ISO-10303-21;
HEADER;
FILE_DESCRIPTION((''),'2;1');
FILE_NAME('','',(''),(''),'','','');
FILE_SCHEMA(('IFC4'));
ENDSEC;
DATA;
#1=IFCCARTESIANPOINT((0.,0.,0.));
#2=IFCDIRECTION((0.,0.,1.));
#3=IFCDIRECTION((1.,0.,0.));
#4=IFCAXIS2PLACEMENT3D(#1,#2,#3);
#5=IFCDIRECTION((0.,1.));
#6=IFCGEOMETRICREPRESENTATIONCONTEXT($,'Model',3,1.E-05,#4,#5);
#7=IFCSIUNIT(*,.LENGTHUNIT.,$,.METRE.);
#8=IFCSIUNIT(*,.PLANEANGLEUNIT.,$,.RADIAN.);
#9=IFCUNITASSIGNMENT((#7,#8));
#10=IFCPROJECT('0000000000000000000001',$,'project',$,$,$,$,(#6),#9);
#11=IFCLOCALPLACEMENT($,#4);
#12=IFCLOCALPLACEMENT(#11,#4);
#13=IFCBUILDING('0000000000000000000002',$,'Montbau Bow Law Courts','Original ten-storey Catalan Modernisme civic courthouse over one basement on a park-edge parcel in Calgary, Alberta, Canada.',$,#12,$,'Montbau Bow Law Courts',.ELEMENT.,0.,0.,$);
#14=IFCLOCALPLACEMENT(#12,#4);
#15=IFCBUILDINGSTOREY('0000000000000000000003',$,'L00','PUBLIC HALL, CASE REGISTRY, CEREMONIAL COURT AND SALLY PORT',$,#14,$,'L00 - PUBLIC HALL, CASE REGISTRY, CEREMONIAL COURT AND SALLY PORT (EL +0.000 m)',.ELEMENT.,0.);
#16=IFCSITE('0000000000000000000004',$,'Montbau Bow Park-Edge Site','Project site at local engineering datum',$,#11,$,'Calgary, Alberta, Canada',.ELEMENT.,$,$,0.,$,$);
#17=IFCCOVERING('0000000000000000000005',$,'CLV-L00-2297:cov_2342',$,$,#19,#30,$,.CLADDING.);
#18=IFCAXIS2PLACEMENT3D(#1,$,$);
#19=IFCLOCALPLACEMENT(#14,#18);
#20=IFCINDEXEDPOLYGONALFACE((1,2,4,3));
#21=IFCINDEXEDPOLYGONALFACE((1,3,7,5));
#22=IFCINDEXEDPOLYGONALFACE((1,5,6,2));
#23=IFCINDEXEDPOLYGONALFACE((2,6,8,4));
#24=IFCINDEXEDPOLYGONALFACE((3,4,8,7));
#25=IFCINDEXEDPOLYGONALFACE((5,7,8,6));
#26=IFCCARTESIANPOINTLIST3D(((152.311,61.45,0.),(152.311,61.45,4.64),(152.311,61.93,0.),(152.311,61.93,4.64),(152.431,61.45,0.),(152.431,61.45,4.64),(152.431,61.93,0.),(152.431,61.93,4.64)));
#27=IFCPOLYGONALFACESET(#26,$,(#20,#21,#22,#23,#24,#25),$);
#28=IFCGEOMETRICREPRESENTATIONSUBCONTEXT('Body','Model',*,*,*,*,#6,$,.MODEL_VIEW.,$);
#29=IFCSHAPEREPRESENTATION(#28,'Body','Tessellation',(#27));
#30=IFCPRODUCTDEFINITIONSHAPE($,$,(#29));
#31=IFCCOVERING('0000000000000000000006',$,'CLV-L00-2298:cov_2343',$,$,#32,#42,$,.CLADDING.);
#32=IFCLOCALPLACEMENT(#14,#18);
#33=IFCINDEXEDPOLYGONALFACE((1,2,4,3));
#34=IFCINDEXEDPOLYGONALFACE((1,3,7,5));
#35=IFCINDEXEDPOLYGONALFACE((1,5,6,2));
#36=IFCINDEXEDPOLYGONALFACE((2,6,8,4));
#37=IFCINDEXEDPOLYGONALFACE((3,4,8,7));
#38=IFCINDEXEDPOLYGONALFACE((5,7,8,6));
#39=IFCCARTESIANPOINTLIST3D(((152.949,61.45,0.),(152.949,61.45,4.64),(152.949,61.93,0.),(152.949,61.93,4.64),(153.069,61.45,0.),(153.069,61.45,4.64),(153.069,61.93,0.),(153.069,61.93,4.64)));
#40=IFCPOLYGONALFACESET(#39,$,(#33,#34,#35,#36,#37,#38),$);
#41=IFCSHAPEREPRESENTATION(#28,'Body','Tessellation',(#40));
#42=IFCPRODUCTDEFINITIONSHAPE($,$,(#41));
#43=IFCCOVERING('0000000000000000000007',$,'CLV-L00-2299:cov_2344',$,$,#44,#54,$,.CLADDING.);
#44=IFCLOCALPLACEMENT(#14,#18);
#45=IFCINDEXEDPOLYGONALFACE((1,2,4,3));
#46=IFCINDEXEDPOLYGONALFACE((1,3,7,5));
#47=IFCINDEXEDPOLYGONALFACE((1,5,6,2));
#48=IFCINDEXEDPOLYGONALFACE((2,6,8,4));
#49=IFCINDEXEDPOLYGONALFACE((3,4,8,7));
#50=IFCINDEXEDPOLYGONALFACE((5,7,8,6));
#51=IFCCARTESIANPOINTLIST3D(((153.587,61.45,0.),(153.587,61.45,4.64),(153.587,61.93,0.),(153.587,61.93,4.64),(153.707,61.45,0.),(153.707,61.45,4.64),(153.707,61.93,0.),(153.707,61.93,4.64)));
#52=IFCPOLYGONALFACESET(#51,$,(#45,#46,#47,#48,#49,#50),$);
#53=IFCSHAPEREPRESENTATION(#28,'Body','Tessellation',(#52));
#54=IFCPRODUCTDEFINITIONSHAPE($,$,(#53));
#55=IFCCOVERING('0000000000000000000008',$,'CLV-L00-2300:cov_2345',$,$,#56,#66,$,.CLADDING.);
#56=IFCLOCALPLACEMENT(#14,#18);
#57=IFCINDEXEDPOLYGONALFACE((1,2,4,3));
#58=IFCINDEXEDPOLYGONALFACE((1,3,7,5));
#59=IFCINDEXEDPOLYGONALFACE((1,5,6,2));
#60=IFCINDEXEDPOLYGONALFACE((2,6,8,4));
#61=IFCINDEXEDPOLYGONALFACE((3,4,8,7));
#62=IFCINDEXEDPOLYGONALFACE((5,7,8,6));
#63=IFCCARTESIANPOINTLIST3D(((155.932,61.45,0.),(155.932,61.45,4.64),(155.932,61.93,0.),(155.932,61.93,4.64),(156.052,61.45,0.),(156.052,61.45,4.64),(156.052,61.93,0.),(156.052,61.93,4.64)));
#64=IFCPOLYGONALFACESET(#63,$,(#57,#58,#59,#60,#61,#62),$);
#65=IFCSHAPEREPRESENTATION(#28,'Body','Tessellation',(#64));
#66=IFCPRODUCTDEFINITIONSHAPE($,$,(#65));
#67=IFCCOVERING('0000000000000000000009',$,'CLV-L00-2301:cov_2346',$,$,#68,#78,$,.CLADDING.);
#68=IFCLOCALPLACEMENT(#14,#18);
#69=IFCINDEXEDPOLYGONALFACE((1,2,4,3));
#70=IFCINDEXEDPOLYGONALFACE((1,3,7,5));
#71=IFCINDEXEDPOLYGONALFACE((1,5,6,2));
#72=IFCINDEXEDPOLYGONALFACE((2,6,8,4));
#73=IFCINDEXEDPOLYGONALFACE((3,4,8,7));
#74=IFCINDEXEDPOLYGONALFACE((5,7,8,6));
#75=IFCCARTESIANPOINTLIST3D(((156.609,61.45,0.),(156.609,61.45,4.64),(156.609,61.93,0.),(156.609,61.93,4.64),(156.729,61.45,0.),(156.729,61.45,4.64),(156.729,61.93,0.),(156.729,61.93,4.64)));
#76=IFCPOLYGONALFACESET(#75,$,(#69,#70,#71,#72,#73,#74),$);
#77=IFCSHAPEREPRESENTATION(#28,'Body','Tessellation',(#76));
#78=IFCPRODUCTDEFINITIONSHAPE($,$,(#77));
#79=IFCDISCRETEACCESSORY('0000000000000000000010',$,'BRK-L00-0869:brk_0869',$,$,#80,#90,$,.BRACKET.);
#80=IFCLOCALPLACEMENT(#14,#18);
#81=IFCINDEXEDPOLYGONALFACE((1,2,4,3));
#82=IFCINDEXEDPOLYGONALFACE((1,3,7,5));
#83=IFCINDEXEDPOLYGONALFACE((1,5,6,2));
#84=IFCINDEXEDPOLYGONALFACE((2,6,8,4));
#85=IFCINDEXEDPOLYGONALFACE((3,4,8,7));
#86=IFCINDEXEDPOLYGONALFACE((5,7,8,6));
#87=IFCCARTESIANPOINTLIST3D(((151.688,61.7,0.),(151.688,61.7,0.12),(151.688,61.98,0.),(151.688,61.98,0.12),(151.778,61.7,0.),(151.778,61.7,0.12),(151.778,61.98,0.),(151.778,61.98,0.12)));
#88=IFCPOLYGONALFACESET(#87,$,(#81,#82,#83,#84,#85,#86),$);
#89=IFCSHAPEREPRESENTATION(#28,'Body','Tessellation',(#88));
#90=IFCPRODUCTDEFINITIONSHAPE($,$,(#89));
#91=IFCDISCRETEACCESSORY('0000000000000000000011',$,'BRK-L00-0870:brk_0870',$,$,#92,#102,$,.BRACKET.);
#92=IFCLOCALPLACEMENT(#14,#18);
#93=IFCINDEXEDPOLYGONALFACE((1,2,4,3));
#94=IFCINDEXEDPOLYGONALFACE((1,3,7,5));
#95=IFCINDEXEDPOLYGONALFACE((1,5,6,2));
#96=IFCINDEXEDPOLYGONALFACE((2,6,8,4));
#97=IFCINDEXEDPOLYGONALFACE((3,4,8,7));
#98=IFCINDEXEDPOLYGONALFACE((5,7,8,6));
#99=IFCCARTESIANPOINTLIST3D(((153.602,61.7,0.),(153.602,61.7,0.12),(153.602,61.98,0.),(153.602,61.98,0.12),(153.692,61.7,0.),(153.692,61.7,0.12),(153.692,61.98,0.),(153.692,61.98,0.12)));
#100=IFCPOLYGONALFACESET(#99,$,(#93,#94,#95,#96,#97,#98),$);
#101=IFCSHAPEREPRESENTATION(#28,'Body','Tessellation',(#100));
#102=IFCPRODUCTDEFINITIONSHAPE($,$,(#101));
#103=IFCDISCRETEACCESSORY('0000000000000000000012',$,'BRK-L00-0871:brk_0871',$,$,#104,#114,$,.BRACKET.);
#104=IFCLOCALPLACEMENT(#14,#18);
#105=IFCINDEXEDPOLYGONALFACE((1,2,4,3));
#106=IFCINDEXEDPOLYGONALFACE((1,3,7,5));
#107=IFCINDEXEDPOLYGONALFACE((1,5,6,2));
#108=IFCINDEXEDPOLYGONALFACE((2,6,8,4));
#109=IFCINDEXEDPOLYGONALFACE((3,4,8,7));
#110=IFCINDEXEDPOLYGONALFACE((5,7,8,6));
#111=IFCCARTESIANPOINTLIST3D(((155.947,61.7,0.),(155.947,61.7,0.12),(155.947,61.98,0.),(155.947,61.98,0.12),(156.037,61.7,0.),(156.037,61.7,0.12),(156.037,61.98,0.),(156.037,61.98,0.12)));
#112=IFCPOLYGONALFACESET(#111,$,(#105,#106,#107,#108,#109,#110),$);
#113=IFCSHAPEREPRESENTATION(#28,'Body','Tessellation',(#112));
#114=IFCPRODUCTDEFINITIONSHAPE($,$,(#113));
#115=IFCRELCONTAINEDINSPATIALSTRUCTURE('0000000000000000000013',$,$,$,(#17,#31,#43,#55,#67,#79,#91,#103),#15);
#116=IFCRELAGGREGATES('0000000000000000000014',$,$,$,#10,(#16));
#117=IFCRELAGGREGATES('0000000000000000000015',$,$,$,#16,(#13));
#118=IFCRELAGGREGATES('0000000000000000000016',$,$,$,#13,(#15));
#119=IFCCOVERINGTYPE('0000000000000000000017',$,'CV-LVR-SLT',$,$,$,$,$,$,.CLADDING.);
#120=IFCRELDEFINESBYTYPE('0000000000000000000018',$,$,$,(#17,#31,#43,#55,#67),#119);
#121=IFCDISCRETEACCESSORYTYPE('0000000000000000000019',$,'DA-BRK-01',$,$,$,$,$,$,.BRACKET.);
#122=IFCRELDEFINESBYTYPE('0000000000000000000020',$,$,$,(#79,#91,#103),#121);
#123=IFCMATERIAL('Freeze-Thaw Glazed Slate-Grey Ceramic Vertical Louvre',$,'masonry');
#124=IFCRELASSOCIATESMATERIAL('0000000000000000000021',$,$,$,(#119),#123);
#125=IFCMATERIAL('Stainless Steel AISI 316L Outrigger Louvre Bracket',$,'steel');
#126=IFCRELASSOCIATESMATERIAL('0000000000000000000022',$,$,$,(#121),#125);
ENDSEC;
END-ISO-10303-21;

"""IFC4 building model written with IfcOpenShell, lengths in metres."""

from ifc_helpers import new_model, si_unit, direction, frame, frame_2d, origin_with_axes, origin_2d_with_axis, place, context, subcontext, project, spatial, rectangle, extrude, material, type_object, element, save


model = new_model("IFC4")

# Units and contexts
model_context = context("Model", 3, precision=1e-05, world=origin_with_axes(), true_north=direction((0.0, 1.0)))
body_context = subcontext(model_context, "Body", "Model", "MODEL_VIEW")
ifc_project = project(units=[si_unit("LENGTHUNIT", "METRE"), si_unit("PLANEANGLEUNIT", "RADIAN")], contexts=[model_context])

# Site, building, storey
site_placement = place(None, origin_with_axes())
site = spatial("IfcSite", under=ifc_project, at=site_placement, Name="Montbau Bow Park-Edge Site", Description="Project site at local engineering datum", LongName="Calgary, Alberta, Canada", CompositionType="ELEMENT", RefElevation=0.0)
building_placement = place(site_placement, origin_with_axes())
building = spatial("IfcBuilding", under=site, at=building_placement, Name="Montbau Bow Law Courts", Description="Original ten-storey Catalan Modernisme civic courthouse over one basement on a park-edge parcel in Calgary, Alberta, Canada.", LongName="Montbau Bow Law Courts", CompositionType="ELEMENT", ElevationOfRefHeight=0.0, ElevationOfTerrain=0.0)
storey_placement = place(building_placement, origin_with_axes())
storey = spatial("IfcBuildingStorey", under=building, at=storey_placement, Name="L00", Description="PUBLIC HALL, CASE REGISTRY, CEREMONIAL COURT AND SALLY PORT", LongName="L00 - PUBLIC HALL, CASE REGISTRY, CEREMONIAL COURT AND SALLY PORT (EL +0.000 m)", CompositionType="ELEMENT", Elevation=0.0)

# Coverings
ifc_material_1 = material(Name="Freeze-Thaw Glazed Slate-Grey Ceramic Vertical Louvre", Category="masonry")
covering_type = type_object("IfcCoveringType", Name="CV-LVR-SLT", PredefinedType="CLADDING", material=ifc_material_1)
for number, where, z_axis, x_axis, name in (
    (1, (152.371, 61.93, 0.0), (-1.0, 0.0, 0.0), (0.0, -1.0, 0.0), "CLV-L00-2297:cov_2342"),
    (2, (153.009, 61.93, 0.0), (-1.0, 0.0, 0.0), (0.0, -1.0, 0.0), "CLV-L00-2298:cov_2343"),
    (3, (153.647, 61.93, 0.0), (-1.0, 0.0, 0.0), (0.0, -1.0, 0.0), "CLV-L00-2299:cov_2344"),
    (4, (155.992, 61.93, 0.0), (-1.0, 0.0, 0.0), (0.0, -1.0, 0.0), "CLV-L00-2300:cov_2345"),
    (5, (156.669, 61.93, 0.0), (-1.0, 0.0, 0.0), (0.0, -1.0, 0.0), "CLV-L00-2301:cov_2346"),
):
    element("IfcCovering", number, at=place(None, frame(where, z_axis=z_axis, x_axis=x_axis)), inside=storey, type_object=covering_type, Name=name, PredefinedType="CLADDING", context=body_context, shape_type="SweptSolid", body=[
        extrude(rectangle(XDim=0.48, YDim=4.64, at=frame_2d((0.24, 2.32), x_axis=(1.0, 0.0))), frame((0.0, 0.0, -0.06), z_axis=(0.0, 0.0, 1.0), x_axis=(1.0, 0.0, 0.0)), (0.0, 0.0, 1.0), 0.12),
    ])

# Discrete accessories
ifc_material_2 = material(Name="Stainless Steel AISI 316L Outrigger Louvre Bracket", Category="steel")
discrete_accessory_type = type_object("IfcDiscreteAccessoryType", Name="DA-BRK-01", PredefinedType="BRACKET", material=ifc_material_2)
for number, where, z_axis, x_axis, name in (
    (6, (151.733, 61.84, 0.0), (0.0, 0.0, 1.0), (0.0, -1.0, 0.0), "BRK-L00-0869:brk_0869"),
    (7, (153.647, 61.84, 0.0), (0.0, 0.0, 1.0), (0.0, -1.0, 0.0), "BRK-L00-0870:brk_0870"),
    (8, (155.992, 61.84, 0.0), (0.0, 0.0, 1.0), (0.0, -1.0, 0.0), "BRK-L00-0871:brk_0871"),
):
    element("IfcDiscreteAccessory", number, at=place(None, frame(where, z_axis=z_axis, x_axis=x_axis)), inside=storey, type_object=discrete_accessory_type, Name=name, PredefinedType="BRACKET", context=body_context, shape_type="SweptSolid", body=[
        extrude(rectangle(XDim=0.28, YDim=0.09, at=origin_2d_with_axis()), origin_with_axes(), (0.0, 0.0, 1.0), 0.12),
    ])

save(model, "model.ifc")
